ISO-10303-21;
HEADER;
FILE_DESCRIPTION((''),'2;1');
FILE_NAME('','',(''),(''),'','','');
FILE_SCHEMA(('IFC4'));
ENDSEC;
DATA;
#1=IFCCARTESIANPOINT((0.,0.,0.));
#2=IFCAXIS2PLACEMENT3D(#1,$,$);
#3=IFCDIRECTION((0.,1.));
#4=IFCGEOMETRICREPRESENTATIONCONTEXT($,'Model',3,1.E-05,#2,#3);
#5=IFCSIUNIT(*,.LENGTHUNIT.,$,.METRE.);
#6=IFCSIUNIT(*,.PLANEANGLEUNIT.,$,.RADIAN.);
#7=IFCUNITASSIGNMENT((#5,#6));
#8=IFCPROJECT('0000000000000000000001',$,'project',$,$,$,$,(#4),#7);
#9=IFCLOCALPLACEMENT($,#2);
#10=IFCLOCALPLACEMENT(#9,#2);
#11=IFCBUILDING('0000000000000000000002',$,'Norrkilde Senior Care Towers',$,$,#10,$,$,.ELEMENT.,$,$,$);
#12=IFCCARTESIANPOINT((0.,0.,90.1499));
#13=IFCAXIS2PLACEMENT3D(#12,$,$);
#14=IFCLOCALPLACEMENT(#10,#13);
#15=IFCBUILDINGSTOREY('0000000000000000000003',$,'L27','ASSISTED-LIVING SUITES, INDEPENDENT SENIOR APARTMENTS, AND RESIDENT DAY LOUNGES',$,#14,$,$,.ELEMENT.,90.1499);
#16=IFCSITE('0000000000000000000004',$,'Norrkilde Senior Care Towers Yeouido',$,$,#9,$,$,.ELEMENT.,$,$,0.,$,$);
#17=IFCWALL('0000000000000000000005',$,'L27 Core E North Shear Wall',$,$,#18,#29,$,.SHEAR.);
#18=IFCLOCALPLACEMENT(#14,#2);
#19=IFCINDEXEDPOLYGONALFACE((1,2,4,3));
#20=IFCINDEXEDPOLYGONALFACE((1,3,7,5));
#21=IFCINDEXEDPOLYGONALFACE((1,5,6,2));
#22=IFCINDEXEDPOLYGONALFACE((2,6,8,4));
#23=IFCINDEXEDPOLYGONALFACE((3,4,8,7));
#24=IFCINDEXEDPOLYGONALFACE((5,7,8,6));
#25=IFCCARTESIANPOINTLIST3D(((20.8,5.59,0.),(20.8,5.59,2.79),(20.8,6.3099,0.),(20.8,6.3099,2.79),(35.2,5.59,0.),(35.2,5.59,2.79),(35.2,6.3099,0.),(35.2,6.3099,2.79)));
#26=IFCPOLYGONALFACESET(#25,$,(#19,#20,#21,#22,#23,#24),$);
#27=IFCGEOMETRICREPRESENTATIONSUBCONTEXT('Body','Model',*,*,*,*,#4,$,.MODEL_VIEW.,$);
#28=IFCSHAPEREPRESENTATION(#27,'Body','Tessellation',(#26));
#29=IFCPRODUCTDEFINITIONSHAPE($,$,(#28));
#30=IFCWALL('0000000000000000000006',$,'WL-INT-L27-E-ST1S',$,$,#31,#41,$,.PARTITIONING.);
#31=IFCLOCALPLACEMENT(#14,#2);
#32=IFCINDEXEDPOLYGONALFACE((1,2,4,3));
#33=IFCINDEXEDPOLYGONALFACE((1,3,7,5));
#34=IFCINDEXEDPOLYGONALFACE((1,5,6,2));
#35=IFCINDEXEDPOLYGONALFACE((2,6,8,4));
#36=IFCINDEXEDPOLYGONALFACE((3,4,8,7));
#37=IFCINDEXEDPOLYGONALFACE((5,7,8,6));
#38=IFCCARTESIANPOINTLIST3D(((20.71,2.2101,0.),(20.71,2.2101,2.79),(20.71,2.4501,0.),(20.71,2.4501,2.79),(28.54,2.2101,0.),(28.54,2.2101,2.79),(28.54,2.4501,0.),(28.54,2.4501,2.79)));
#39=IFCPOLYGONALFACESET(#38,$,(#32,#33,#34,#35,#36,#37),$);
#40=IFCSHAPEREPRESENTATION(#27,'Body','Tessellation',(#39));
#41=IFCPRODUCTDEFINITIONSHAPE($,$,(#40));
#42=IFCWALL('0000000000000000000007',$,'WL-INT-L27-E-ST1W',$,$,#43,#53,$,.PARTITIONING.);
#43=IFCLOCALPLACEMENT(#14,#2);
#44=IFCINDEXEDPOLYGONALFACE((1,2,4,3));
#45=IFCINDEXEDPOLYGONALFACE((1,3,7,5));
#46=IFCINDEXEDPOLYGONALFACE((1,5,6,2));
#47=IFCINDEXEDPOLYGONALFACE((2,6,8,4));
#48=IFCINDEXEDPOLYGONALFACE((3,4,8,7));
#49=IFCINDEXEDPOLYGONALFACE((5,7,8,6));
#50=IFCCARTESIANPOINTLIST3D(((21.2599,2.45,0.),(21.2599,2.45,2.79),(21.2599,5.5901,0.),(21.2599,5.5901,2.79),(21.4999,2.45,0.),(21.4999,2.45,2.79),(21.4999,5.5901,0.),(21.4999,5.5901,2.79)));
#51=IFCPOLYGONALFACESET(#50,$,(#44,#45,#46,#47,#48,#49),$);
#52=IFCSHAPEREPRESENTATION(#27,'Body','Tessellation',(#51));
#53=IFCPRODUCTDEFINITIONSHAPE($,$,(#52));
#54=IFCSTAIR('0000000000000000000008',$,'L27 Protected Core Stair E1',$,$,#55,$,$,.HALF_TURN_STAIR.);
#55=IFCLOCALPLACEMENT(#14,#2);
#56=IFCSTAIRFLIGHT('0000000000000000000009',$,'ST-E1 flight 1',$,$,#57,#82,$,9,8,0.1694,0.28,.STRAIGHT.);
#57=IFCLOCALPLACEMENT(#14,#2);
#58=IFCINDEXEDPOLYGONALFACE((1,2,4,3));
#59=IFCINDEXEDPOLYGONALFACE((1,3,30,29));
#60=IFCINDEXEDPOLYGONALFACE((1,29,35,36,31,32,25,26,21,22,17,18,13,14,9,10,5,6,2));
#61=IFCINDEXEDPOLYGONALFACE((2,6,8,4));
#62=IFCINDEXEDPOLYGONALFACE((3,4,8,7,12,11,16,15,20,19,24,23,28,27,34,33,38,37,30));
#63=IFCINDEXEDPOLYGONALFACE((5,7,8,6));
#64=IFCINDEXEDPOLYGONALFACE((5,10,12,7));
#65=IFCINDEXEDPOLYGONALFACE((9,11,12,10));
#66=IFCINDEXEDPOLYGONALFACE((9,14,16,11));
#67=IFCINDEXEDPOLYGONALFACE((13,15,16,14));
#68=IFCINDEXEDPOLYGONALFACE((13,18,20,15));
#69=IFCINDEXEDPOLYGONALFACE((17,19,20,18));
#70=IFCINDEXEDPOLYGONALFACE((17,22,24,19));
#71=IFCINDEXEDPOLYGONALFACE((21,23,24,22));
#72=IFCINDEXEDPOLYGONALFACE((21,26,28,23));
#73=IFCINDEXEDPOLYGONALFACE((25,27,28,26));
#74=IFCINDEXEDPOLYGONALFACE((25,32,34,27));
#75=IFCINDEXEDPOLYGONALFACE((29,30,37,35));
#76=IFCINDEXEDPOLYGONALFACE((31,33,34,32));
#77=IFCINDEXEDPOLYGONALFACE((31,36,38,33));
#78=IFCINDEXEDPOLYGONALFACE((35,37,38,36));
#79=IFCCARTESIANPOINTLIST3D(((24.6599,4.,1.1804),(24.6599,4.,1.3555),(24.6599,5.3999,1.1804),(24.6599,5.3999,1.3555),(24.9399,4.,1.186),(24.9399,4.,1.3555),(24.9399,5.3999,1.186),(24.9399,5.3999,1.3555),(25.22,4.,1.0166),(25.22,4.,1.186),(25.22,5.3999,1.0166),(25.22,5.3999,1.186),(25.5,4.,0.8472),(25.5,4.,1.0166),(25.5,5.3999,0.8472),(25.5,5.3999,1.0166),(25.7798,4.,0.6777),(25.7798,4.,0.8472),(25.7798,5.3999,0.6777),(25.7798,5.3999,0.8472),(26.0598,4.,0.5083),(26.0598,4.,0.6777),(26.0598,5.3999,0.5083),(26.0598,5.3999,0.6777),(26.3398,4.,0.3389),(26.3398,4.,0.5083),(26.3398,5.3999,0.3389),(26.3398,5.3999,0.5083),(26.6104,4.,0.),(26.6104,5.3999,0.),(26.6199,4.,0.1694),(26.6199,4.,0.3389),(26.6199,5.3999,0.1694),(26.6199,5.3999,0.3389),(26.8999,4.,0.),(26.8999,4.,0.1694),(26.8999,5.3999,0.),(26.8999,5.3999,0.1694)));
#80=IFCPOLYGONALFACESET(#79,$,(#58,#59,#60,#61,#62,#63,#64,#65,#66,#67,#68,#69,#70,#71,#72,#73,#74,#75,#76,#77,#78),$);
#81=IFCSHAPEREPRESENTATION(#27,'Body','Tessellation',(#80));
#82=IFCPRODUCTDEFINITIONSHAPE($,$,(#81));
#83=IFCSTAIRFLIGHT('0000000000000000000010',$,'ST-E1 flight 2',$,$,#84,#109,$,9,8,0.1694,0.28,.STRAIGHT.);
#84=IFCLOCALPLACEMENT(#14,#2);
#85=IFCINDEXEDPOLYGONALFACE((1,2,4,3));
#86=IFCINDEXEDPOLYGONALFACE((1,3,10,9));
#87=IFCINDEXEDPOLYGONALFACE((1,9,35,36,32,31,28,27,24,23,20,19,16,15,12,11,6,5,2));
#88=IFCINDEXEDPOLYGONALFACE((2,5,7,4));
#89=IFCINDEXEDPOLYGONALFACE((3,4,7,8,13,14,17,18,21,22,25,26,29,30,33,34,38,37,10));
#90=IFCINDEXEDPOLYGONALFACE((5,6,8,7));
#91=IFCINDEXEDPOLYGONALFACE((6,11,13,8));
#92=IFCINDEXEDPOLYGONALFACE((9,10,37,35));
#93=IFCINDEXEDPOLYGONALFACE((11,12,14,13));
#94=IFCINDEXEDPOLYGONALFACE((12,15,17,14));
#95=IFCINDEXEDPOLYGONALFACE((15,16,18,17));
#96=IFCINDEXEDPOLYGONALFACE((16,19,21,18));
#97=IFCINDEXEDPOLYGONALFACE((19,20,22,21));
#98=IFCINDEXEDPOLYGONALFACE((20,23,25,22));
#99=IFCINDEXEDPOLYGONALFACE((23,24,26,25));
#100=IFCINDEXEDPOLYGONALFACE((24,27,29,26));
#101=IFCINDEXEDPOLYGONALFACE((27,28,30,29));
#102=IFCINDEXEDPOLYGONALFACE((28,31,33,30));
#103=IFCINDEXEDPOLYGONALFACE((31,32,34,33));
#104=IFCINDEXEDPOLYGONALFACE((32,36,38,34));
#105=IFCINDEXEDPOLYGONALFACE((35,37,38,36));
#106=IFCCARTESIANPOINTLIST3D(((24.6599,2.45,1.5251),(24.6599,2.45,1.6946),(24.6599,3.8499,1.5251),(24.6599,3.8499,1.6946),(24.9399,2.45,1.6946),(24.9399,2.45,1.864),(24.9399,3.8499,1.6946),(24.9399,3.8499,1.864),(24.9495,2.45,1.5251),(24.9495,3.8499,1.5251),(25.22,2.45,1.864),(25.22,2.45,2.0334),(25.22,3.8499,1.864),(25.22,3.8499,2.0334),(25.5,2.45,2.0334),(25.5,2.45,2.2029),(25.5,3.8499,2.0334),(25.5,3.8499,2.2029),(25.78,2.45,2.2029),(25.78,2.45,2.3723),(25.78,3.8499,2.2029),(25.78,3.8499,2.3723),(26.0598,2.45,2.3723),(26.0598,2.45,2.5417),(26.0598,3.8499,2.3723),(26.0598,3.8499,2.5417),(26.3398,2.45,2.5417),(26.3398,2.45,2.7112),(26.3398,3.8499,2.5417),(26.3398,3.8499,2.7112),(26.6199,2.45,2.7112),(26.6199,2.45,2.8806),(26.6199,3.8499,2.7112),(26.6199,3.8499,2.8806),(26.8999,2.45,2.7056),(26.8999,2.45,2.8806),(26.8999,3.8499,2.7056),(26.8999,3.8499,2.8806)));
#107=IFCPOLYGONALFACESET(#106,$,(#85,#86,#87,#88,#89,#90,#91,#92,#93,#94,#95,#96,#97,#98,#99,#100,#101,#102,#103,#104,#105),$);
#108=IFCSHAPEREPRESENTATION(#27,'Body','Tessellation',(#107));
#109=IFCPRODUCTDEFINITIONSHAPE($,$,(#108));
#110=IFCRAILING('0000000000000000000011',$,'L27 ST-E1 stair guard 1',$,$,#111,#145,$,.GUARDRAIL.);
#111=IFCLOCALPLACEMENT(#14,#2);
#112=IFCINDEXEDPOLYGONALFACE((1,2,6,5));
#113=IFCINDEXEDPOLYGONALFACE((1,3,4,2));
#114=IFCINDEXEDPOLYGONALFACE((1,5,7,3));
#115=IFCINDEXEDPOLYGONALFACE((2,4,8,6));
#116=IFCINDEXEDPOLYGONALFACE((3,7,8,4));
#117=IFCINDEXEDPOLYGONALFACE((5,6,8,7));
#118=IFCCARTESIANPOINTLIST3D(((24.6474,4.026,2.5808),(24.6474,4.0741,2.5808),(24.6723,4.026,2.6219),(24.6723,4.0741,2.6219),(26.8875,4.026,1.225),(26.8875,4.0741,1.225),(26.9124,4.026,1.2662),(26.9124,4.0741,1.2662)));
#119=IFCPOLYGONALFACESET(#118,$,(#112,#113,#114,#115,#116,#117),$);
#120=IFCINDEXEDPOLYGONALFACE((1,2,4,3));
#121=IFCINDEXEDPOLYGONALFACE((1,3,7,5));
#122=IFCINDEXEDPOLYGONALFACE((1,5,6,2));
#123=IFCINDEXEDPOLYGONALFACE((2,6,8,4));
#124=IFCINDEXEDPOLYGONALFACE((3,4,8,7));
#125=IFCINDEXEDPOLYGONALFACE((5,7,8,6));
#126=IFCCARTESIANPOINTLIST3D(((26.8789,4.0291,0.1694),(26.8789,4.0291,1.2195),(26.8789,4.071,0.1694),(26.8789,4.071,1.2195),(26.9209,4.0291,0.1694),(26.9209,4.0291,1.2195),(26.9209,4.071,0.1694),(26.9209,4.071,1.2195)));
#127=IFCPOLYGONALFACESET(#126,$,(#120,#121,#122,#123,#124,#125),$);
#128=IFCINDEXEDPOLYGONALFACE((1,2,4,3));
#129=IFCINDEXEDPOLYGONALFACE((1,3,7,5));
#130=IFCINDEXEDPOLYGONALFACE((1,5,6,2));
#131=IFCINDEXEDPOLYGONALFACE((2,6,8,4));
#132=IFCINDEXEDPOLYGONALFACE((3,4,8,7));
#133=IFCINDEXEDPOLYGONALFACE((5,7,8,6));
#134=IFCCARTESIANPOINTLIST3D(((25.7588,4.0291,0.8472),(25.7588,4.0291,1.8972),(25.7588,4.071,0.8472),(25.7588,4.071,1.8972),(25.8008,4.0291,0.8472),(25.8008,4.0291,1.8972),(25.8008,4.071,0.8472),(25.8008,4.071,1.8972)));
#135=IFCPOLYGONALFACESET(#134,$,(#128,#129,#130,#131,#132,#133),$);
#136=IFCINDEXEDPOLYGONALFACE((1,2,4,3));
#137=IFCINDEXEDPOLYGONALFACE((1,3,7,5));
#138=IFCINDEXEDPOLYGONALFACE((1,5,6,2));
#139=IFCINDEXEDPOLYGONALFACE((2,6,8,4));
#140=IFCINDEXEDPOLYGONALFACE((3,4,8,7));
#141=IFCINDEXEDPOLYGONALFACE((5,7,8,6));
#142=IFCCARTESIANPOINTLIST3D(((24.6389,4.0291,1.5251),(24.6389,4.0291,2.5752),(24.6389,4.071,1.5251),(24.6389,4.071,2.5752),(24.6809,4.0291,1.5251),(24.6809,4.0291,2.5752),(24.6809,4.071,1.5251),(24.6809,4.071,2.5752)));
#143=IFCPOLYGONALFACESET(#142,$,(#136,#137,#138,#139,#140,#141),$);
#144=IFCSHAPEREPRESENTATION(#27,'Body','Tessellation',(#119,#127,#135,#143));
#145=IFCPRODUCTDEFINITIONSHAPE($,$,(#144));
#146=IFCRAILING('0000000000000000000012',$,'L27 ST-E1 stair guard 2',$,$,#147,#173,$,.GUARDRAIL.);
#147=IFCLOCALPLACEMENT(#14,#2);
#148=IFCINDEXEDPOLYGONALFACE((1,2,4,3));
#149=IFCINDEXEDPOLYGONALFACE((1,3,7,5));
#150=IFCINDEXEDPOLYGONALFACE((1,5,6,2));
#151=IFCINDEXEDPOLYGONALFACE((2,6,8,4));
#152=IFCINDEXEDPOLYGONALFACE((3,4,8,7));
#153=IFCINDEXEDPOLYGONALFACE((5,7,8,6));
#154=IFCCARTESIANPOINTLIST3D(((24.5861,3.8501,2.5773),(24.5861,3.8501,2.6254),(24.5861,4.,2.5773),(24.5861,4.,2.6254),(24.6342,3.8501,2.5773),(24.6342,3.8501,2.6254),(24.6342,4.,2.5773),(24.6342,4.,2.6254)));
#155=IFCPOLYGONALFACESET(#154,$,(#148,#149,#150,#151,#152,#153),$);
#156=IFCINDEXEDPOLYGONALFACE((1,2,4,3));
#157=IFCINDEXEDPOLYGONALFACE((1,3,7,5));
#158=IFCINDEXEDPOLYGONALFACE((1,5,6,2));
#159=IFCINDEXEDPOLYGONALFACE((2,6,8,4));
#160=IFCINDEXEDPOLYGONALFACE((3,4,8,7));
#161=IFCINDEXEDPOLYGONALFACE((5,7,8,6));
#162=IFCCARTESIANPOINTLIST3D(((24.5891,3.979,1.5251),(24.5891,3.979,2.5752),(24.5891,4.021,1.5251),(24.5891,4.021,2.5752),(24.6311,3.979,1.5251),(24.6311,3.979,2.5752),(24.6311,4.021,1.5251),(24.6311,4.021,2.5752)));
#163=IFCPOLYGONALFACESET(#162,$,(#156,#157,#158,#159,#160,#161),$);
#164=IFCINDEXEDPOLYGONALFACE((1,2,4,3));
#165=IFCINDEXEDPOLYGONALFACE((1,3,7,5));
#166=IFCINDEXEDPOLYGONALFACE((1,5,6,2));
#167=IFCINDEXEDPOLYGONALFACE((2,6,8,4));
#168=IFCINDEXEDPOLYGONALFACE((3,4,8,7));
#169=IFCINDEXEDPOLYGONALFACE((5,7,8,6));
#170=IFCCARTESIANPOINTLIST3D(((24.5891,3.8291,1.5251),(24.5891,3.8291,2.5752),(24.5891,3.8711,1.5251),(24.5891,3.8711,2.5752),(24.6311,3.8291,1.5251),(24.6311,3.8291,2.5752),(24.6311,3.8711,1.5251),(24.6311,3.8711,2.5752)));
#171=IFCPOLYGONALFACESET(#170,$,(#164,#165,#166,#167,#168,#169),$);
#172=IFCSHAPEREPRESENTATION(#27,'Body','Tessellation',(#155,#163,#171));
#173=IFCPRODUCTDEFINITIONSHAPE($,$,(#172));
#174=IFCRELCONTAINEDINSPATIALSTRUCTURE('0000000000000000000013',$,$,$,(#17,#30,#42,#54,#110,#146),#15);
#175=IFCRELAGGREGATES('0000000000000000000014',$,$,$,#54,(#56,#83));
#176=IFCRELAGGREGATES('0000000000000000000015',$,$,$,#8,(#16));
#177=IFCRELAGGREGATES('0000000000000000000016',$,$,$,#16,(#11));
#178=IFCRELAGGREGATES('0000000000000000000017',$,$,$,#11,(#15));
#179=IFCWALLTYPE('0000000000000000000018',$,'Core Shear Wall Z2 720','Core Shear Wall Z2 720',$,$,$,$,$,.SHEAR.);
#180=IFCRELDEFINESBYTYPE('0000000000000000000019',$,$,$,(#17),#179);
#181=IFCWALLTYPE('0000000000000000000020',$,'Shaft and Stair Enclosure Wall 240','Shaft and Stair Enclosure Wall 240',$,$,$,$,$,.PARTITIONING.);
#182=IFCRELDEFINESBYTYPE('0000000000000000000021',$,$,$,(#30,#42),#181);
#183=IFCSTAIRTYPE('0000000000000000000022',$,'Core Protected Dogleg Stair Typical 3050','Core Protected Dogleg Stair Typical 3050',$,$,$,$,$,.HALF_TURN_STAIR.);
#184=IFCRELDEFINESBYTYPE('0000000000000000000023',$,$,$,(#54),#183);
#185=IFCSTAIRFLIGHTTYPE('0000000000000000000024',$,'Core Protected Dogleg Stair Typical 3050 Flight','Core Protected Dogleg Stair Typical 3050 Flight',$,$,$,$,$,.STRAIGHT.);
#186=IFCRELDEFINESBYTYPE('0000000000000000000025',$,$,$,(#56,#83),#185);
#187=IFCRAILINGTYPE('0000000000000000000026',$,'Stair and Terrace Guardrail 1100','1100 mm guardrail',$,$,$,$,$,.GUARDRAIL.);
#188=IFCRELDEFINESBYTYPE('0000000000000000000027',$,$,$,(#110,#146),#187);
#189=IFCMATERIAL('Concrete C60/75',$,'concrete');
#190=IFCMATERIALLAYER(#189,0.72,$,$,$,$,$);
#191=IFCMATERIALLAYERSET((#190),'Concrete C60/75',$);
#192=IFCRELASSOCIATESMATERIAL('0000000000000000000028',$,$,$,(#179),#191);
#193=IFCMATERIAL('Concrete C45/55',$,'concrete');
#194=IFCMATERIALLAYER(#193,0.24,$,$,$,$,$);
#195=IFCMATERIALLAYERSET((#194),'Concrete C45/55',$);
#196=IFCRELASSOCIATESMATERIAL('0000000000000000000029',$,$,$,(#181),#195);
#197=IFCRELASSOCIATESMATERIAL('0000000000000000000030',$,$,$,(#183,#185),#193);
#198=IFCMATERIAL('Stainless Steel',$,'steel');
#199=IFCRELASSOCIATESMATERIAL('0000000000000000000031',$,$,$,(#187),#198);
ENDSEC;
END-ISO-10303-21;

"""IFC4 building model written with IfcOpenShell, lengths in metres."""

from ifc_helpers import new_model, si_unit, direction, frame, frame_2d, origin, origin_2d, place, context, subcontext, project, spatial, polyline, rectangle, outline, extrude, source, transform, mapped, material, layer, layer_set, type_object, type_shapes, element, aggregate, save


model = new_model("IFC4")

# Units and contexts
model_context = context("Model", 3, precision=1e-05, world=origin(), true_north=direction((0.0, 1.0)))
body_context = subcontext(model_context, "Body", "Model", "MODEL_VIEW")
ifc_project = project(units=[si_unit("LENGTHUNIT", "METRE"), si_unit("PLANEANGLEUNIT", "RADIAN")], contexts=[model_context])

# Site, building, storey
site_placement = place(None, origin())
site = spatial("IfcSite", under=ifc_project, at=site_placement, Name="Norrkilde Senior Care Towers Yeouido", CompositionType="ELEMENT", RefElevation=0.0)
building_placement = place(site_placement, origin())
building = spatial("IfcBuilding", under=site, at=building_placement, Name="Norrkilde Senior Care Towers", CompositionType="ELEMENT")
storey_placement = place(building_placement, frame((0.0, 0.0, 90.1499)))
storey = spatial("IfcBuildingStorey", under=building, at=storey_placement, Name="L27", Description="ASSISTED-LIVING SUITES, INDEPENDENT SENIOR APARTMENTS, AND RESIDENT DAY LOUNGES", CompositionType="ELEMENT", Elevation=90.1499)

# Shared definitions
ifc_material_1 = material(Name="Concrete C60/75", Category="concrete")

# Walls
ifc_layer_1 = layer(ifc_material_1, 0.72)
ifc_layer_set_1 = layer_set([ifc_layer_1], Name="Concrete C60/75")
wall_type_1 = type_object("IfcWallType", Name="Core Shear Wall Z2 720", Description="Core Shear Wall Z2 720", PredefinedType="SHEAR", material=ifc_layer_set_1)
shared_shape_1 = source(origin(), body_context, "Body", "SweptSolid", [
    extrude(rectangle(XDim=14.3999, YDim=0.72, at=frame_2d((7.2, 0.0))), origin(), (0.0, 0.0, 1.0), 2.79),
])
type_shapes(wall_type_1, [shared_shape_1])
wall_1_placement = place(storey_placement, frame((20.8, 5.95, 0.0), z_axis=(0.0, 0.0, 1.0), x_axis=(1.0, 0.0, 0.0)))
element("IfcWall", 1, at=wall_1_placement, inside=storey, type_object=wall_type_1, Name="L27 Core E North Shear Wall", PredefinedType="SHEAR", context=body_context, shape_type="MappedRepresentation", body=[
    mapped(shared_shape_1, transform((0.0, 0.0, 0.0), x_axis=(1.0, 0.0, 0.0), y_axis=(0.0, 1.0, 0.0), z_axis=(0.0, 0.0, 1.0), scale=1.0)),
])
ifc_material_2 = material(Name="Concrete C45/55", Category="concrete")
ifc_layer_2 = layer(ifc_material_2, 0.24)
ifc_layer_set_2 = layer_set([ifc_layer_2], Name="Concrete C45/55")
wall_type_2 = type_object("IfcWallType", Name="Shaft and Stair Enclosure Wall 240", Description="Shaft and Stair Enclosure Wall 240", PredefinedType="PARTITIONING", material=ifc_layer_set_2)
shared_shape_2 = source(origin(), body_context, "Body", "SweptSolid", [
    extrude(rectangle(XDim=7.8301, YDim=0.24, at=frame_2d((3.915, 0.0))), origin(), (0.0, 0.0, 1.0), 2.79),
])
wall_2_placement = place(storey_placement, frame((20.71, 2.3301, 0.0), z_axis=(0.0, 0.0, 1.0), x_axis=(1.0, 0.0, 0.0)))
element("IfcWall", 2, at=wall_2_placement, inside=storey, type_object=wall_type_2, Name="WL-INT-L27-E-ST1S", PredefinedType="PARTITIONING", context=body_context, shape_type="MappedRepresentation", body=[
    mapped(shared_shape_2, transform((0.0, 0.0, 0.0), x_axis=(1.0, 0.0, 0.0), y_axis=(0.0, 1.0, 0.0), z_axis=(0.0, 0.0, 1.0), scale=1.0)),
])
shared_shape_3 = source(origin(), body_context, "Body", "SweptSolid", [
    extrude(rectangle(XDim=3.1401, YDim=0.24, at=frame_2d((1.5701, 0.0))), origin(), (0.0, 0.0, 1.0), 2.79),
])
type_shapes(wall_type_2, [shared_shape_2, shared_shape_3])
wall_3_placement = place(storey_placement, frame((21.3799, 2.45, 0.0), z_axis=(0.0, 0.0, 1.0), x_axis=(0.0, 1.0, 0.0)))
element("IfcWall", 3, at=wall_3_placement, inside=storey, type_object=wall_type_2, Name="WL-INT-L27-E-ST1W", PredefinedType="PARTITIONING", context=body_context, shape_type="MappedRepresentation", body=[
    mapped(shared_shape_3, transform((0.0, 0.0, 0.0), x_axis=(1.0, 0.0, 0.0), y_axis=(0.0, 1.0, 0.0), z_axis=(0.0, 0.0, 1.0), scale=1.0)),
])

# Stair, stair flights
stair_type = type_object("IfcStairType", Name="Core Protected Dogleg Stair Typical 3050", Description="Core Protected Dogleg Stair Typical 3050", PredefinedType="HALF_TURN_STAIR", material=ifc_material_2)
stair_placement = place(storey_placement, origin())
stair = element("IfcStair", 4, at=stair_placement, inside=storey, type_object=stair_type, Name="L27 Protected Core Stair E1", PredefinedType="HALF_TURN_STAIR")
stair_flight_type = type_object("IfcStairFlightType", Name="Core Protected Dogleg Stair Typical 3050 Flight", Description="Core Protected Dogleg Stair Typical 3050 Flight", PredefinedType="STRAIGHT", material=ifc_material_2)
stair_flight_1_placement = place(storey_placement, frame((26.8999, 4.7, 0.0), z_axis=(0.0, 0.0, 1.0), x_axis=(-1.0, 0.0, 0.0)))
stair_flight_1 = element("IfcStairFlight", 5, at=stair_flight_1_placement, type_object=stair_flight_type, Name="ST-E1 flight 1", NumberOfRisers=9, NumberOfTreads=8, PredefinedType="STRAIGHT", RiserHeight=0.1694, TreadLength=0.28, context=body_context, shape_type="SweptSolid", body=[
    extrude(outline(polyline([(0.0, 0.0), (0.0, 0.1694), (0.28, 0.1694), (0.28, 0.3389), (0.5601, 0.3389), (0.5601, 0.5083), (0.8401, 0.5083), (0.8401, 0.6777), (1.1201, 0.6777), (1.1201, 0.8472), (1.3999, 0.8472), (1.3999, 1.0166), (1.6799, 1.0166), (1.6799, 1.186), (1.96, 1.186), (1.96, 1.3555), (2.24, 1.3555), (2.24, 1.5249), (2.24, 1.1804), (0.2896, 0.0), (0.0, 0.0)])), frame((0.0, 0.7, 0.0), z_axis=(0.0, -1.0, 0.0), x_axis=(1.0, 0.0, 0.0)), (0.0, 0.0, 1.0), 1.3999),
])
stair_flight_2_placement = place(storey_placement, frame((24.6599, 3.1499, 1.5251), z_axis=(0.0, 0.0, 1.0), x_axis=(1.0, 0.0, 0.0)))
stair_flight_2 = element("IfcStairFlight", 6, at=stair_flight_2_placement, type_object=stair_flight_type, Name="ST-E1 flight 2", NumberOfRisers=9, NumberOfTreads=8, PredefinedType="STRAIGHT", RiserHeight=0.1694, TreadLength=0.28, context=body_context, shape_type="SweptSolid", body=[
    extrude(outline(polyline([(0.0, 0.0), (0.0, 0.1694), (0.28, 0.1694), (0.28, 0.3389), (0.5601, 0.3389), (0.5601, 0.5083), (0.8401, 0.5083), (0.8401, 0.6777), (1.1201, 0.6777), (1.1201, 0.8472), (1.3999, 0.8472), (1.3999, 1.0166), (1.6799, 1.0166), (1.6799, 1.186), (1.96, 1.186), (1.96, 1.3555), (2.24, 1.3555), (2.24, 1.5249), (2.24, 1.1804), (0.2896, 0.0), (0.0, 0.0)])), frame((0.0, 0.7, 0.0), z_axis=(0.0, -1.0, 0.0), x_axis=(1.0, 0.0, 0.0)), (0.0, 0.0, 1.0), 1.3999),
])
aggregate(stair, [stair_flight_1, stair_flight_2])

# Railings
ifc_material_3 = material(Name="Stainless Steel", Category="steel")
railing_type_1 = type_object("IfcRailingType", Name="Stair and Terrace Guardrail 1100", Description="1100 mm guardrail", PredefinedType="GUARDRAIL", material=ifc_material_3)
railing_1_placement = place(storey_placement, frame((26.8999, 4.05, 0.1694)))
element("IfcRailing", 7, at=railing_1_placement, inside=storey, type_object=railing_type_1, Name="L27 ST-E1 stair guard 1", PredefinedType="GUARDRAIL", context=body_context, shape_type="SweptSolid", body=[
    extrude(rectangle(XDim=0.0481, YDim=0.0481, at=origin_2d()), frame((0.0, 0.0, 1.0762), z_axis=(-0.855512, 0.0, 0.517783), x_axis=(0.0, -1.0, 0.0)), (0.0, 0.0, 1.0), 2.6184),
    extrude(rectangle(XDim=0.042, YDim=0.042, at=origin_2d()), origin(), (0.0, 0.0, 1.0), 1.05),
    extrude(rectangle(XDim=0.042, YDim=0.042, at=origin_2d()), frame((-1.1201, 0.0, 0.6777)), (0.0, 0.0, 1.0), 1.05),
    extrude(rectangle(XDim=0.042, YDim=0.042, at=origin_2d()), frame((-2.24, 0.0, 1.3557)), (0.0, 0.0, 1.0), 1.05),
])
railing_2_placement = place(storey_placement, frame((24.6101, 4.0, 1.5251)))
element("IfcRailing", 8, at=railing_2_placement, inside=storey, type_object=railing_type_1, Name="L27 ST-E1 stair guard 2", PredefinedType="GUARDRAIL", context=body_context, shape_type="SweptSolid", body=[
    extrude(rectangle(XDim=0.0481, YDim=0.0481, at=origin_2d()), frame((0.0, 0.0, 1.0762), z_axis=(0.0, -1.0, 0.0), x_axis=(1.0, 0.0, 0.0)), (0.0, 0.0, 1.0), 0.1499),
    extrude(rectangle(XDim=0.042, YDim=0.042, at=origin_2d()), origin(), (0.0, 0.0, 1.0), 1.05),
    extrude(rectangle(XDim=0.042, YDim=0.042, at=origin_2d()), frame((0.0, -0.1499, 0.0)), (0.0, 0.0, 1.0), 1.05),
])

save(model, "model.ifc")
